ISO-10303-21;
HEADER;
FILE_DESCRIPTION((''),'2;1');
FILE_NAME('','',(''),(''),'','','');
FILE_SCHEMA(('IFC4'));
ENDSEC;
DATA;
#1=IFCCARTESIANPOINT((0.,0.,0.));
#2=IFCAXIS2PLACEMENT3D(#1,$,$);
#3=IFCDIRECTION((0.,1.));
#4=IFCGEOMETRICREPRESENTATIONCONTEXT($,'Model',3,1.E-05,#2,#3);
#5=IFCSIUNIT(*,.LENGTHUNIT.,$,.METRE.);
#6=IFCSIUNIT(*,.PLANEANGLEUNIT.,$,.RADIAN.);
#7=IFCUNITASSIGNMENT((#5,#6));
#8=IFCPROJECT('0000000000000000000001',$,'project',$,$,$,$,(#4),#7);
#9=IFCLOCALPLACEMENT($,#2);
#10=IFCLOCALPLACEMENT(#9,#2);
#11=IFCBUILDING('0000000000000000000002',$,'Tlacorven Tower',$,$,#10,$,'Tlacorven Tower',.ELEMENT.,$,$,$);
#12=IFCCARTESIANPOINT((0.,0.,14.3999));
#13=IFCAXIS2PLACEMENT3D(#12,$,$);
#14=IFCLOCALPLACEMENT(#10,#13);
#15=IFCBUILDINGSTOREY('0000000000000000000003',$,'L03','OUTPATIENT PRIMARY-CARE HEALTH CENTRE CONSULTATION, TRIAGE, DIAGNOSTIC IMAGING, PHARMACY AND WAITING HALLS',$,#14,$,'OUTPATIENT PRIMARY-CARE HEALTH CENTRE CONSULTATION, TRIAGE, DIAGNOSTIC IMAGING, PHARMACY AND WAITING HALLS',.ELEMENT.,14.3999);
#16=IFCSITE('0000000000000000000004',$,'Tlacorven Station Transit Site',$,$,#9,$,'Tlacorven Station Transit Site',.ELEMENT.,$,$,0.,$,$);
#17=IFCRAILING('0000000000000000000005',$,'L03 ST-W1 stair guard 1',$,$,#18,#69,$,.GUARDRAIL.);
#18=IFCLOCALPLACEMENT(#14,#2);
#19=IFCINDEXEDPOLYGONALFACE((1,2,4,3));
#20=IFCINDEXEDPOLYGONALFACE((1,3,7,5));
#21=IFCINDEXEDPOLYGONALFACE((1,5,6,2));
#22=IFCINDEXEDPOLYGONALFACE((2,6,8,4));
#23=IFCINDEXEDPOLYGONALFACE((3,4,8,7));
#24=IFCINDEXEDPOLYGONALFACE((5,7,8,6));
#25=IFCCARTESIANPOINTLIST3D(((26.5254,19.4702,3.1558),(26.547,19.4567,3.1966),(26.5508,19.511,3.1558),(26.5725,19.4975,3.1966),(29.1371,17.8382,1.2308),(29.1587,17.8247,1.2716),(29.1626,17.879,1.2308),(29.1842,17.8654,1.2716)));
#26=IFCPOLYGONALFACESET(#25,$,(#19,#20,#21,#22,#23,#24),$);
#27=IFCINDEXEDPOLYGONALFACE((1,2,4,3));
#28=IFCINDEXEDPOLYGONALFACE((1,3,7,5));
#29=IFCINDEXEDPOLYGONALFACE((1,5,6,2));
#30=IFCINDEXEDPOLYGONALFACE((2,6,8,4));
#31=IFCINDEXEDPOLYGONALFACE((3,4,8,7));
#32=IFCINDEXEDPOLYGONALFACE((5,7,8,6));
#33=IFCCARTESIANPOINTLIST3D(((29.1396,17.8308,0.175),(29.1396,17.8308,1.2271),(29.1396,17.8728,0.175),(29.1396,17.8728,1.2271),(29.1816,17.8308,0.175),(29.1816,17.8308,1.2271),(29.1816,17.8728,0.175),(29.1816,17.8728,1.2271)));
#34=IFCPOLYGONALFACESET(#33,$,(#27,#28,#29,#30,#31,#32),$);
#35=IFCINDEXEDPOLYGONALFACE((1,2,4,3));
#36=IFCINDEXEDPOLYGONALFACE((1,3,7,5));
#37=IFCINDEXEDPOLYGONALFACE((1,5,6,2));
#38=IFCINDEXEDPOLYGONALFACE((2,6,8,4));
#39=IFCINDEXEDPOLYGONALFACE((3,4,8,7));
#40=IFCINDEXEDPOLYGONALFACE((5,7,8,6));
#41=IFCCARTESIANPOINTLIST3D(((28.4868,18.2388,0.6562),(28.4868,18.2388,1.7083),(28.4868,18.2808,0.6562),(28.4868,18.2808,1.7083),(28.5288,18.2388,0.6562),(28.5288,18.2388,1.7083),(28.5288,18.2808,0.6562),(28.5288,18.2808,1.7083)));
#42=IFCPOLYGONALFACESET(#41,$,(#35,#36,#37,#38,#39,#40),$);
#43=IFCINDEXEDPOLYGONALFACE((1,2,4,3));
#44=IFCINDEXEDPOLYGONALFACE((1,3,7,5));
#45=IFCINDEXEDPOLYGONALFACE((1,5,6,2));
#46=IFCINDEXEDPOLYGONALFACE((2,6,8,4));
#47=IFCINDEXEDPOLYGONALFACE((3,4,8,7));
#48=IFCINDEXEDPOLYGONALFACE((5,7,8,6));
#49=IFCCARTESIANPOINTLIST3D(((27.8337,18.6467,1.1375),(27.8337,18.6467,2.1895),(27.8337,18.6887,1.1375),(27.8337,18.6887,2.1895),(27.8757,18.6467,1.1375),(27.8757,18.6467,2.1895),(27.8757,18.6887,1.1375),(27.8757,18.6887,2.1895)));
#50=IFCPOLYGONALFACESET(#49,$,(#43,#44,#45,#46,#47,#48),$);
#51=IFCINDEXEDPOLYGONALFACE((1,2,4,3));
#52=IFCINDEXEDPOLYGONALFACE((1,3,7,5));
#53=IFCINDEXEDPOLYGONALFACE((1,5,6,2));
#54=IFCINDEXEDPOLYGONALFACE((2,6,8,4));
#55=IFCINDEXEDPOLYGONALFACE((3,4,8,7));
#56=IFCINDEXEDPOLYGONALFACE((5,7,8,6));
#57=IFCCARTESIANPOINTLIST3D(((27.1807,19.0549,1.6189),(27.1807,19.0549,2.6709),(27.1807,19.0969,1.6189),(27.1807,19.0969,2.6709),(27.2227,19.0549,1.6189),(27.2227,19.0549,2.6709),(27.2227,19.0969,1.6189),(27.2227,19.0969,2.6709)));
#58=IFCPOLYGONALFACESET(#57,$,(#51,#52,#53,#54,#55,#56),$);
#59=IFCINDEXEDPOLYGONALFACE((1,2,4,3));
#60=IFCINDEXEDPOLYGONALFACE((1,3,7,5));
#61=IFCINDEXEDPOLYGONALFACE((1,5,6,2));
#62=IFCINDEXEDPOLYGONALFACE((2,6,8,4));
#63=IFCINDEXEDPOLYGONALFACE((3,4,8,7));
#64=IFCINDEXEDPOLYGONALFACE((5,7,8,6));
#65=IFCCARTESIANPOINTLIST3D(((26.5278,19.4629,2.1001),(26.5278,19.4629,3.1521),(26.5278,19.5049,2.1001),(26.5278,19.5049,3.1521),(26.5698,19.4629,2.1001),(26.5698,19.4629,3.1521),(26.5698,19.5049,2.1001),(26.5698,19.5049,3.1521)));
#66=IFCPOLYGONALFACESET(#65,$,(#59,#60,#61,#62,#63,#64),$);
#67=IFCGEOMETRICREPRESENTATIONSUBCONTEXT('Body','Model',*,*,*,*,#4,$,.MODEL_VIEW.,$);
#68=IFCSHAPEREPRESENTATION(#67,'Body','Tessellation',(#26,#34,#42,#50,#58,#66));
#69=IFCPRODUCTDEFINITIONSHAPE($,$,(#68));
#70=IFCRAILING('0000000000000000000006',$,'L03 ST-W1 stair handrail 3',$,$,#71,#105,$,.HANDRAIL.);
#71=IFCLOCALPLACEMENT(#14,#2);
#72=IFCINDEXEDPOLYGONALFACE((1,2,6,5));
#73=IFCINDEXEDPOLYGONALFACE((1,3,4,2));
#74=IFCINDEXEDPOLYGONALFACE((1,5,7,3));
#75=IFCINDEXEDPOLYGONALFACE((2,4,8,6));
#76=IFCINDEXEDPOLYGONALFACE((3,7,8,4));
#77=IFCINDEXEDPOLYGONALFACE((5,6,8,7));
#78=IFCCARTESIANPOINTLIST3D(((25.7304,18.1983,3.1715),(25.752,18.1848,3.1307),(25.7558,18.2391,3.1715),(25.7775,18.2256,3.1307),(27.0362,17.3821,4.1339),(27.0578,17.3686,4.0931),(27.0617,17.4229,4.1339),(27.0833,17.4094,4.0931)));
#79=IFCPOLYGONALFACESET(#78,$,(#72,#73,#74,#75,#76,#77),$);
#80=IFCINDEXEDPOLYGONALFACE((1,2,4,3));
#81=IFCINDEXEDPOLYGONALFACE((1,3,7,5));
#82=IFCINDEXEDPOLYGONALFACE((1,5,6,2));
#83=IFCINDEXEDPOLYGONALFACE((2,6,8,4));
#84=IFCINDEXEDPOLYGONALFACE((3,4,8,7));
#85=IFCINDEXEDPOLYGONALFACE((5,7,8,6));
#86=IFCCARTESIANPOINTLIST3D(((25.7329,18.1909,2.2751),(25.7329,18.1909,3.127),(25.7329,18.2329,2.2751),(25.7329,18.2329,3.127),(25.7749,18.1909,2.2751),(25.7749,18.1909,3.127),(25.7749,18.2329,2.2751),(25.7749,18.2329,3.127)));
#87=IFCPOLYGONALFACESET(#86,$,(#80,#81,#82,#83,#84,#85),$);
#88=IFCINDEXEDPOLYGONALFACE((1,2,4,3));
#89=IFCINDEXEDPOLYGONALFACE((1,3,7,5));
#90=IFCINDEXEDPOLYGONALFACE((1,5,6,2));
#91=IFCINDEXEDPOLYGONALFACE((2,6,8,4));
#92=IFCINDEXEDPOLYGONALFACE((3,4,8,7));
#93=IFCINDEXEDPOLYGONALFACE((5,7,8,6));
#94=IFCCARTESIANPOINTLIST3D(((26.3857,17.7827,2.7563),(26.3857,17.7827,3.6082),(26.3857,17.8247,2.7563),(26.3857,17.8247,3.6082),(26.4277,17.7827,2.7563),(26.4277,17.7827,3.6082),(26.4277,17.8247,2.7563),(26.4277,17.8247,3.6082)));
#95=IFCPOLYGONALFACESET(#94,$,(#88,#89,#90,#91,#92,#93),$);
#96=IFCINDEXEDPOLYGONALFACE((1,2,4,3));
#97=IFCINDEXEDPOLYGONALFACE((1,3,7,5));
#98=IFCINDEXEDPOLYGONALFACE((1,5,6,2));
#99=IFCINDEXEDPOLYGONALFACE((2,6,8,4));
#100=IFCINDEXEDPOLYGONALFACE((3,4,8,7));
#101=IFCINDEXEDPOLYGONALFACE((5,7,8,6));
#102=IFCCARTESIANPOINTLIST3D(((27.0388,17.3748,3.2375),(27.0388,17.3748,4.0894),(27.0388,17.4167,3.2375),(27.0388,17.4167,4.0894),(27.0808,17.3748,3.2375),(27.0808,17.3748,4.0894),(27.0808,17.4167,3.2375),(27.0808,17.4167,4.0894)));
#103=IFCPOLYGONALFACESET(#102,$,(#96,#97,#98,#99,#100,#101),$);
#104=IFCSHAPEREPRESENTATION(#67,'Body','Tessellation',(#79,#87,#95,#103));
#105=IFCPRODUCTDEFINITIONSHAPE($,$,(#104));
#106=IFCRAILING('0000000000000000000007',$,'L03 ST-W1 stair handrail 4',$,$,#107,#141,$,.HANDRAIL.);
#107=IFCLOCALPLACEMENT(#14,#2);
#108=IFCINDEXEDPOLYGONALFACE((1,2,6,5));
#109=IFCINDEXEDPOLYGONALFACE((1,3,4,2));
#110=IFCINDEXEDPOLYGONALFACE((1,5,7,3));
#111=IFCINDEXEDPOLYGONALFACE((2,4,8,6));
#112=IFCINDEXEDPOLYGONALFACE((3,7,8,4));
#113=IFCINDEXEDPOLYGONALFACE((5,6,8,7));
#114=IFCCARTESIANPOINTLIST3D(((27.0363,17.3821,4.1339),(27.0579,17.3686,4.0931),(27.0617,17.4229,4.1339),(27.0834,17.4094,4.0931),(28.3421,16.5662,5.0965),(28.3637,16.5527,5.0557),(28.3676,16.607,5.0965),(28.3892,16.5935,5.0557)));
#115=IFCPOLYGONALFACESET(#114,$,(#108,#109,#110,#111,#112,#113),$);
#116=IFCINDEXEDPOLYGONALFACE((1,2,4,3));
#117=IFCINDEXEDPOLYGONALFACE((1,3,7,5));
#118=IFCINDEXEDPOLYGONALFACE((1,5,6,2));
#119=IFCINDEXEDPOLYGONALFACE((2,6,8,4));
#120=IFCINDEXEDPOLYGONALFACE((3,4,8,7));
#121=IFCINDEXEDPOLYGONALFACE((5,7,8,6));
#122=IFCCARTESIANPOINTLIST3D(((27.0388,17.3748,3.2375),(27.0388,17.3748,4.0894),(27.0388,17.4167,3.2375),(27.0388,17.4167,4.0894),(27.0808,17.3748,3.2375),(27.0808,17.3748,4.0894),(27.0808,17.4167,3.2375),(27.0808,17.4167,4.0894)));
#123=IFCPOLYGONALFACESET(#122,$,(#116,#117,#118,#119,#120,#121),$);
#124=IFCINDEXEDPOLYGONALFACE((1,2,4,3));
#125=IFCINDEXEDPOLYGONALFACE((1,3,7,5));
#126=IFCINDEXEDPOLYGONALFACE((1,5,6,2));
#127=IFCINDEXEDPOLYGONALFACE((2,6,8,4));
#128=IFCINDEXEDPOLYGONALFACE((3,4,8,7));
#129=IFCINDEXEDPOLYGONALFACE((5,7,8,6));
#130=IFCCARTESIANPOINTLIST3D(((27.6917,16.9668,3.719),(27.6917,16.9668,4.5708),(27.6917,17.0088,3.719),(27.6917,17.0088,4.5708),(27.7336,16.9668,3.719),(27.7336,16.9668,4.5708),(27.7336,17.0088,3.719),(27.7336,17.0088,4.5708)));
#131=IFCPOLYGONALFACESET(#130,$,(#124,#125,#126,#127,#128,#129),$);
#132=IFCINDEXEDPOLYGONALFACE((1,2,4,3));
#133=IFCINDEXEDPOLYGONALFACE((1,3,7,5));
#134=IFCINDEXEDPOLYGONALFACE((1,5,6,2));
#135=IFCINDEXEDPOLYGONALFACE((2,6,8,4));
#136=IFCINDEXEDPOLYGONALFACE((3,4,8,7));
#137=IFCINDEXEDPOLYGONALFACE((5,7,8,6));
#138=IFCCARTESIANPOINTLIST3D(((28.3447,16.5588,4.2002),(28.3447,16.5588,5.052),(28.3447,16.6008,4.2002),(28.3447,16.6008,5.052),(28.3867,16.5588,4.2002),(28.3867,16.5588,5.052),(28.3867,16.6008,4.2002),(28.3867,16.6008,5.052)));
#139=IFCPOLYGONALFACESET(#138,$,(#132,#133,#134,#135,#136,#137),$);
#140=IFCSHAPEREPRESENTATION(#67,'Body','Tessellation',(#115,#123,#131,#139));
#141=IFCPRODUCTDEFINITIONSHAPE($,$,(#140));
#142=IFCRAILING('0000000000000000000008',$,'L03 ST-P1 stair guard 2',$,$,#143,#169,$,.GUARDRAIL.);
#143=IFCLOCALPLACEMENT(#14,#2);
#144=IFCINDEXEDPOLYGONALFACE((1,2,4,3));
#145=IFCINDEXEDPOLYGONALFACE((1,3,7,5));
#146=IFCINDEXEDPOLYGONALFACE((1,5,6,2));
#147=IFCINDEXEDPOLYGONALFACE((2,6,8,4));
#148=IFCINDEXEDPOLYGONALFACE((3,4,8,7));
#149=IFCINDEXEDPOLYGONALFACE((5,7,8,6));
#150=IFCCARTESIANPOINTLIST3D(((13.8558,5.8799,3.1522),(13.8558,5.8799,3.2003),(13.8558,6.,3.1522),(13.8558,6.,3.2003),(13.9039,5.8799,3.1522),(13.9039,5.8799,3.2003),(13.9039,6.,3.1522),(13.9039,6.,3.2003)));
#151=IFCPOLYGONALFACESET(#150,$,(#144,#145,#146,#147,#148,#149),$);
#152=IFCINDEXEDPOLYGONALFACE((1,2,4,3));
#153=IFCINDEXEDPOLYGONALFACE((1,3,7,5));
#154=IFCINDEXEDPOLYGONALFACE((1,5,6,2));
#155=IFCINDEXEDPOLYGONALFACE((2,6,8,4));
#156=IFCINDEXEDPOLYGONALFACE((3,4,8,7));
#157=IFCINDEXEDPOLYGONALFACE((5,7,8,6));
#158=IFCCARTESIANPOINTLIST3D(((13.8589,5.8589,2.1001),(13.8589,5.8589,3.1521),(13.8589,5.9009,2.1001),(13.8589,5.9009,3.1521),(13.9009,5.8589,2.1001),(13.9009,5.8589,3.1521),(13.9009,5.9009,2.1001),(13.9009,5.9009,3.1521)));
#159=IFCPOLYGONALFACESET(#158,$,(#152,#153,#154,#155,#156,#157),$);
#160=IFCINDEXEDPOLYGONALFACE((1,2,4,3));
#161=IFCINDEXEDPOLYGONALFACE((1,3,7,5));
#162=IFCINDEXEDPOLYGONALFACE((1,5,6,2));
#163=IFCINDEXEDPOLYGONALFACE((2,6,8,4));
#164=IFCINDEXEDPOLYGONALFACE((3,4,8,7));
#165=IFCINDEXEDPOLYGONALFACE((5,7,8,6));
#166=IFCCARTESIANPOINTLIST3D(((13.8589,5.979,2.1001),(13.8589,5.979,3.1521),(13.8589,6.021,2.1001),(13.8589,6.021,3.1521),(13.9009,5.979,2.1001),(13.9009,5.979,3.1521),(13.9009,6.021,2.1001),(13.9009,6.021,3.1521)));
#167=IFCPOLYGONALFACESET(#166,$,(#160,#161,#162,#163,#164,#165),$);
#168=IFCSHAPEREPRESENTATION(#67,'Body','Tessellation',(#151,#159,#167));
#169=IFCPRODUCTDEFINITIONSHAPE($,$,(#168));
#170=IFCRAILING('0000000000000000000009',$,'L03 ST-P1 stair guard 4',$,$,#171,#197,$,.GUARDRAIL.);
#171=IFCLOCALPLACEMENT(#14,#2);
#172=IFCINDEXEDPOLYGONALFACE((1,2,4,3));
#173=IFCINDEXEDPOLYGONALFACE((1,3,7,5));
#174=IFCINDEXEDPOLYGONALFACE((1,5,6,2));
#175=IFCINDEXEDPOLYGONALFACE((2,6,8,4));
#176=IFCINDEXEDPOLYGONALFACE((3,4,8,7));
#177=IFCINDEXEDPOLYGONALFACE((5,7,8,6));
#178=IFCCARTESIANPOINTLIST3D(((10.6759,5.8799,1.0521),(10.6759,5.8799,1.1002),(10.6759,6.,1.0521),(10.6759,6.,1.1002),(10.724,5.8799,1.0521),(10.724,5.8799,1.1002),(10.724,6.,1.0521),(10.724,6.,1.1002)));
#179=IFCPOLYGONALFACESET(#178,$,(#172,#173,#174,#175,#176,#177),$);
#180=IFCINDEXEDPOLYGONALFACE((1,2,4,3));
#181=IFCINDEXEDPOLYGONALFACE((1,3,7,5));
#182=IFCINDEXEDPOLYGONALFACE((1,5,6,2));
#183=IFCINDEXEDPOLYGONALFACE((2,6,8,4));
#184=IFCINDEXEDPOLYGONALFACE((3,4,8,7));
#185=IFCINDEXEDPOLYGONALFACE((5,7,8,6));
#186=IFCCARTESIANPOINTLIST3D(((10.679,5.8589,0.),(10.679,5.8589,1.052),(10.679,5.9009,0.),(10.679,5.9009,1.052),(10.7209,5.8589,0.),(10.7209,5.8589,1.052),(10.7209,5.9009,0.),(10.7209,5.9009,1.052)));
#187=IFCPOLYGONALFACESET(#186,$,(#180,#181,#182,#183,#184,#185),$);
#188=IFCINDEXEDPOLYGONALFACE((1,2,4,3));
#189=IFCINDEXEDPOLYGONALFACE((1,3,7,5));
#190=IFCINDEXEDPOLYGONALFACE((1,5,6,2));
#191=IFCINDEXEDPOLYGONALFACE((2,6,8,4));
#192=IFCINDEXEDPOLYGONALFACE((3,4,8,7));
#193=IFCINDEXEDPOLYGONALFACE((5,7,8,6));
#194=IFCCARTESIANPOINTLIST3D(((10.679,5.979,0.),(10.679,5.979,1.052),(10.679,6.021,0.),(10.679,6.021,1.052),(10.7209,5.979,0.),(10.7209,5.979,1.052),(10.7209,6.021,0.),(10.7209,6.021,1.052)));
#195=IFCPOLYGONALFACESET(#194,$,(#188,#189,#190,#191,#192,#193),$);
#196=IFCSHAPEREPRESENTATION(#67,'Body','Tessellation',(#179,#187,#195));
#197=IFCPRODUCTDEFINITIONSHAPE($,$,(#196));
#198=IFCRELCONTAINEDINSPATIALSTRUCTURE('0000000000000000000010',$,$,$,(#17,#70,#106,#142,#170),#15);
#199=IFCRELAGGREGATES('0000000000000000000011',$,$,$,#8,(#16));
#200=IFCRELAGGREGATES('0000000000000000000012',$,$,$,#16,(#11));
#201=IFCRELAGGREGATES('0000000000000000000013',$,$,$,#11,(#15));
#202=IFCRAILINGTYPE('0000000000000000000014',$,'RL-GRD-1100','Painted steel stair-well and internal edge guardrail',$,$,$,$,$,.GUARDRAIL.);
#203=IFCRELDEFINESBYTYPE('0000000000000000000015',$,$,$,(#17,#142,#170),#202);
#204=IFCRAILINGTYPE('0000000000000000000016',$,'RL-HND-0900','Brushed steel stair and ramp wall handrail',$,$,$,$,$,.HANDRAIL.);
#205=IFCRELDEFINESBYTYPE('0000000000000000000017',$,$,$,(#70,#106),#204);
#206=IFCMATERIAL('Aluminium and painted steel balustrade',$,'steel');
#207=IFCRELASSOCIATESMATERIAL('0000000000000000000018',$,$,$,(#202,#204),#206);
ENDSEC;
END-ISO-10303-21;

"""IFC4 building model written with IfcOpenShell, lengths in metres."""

from ifc_helpers import new_model, si_unit, direction, frame, origin, origin_2d, place, context, subcontext, project, spatial, rectangle, extrude, source, transform, mapped, material, type_object, element, save


model = new_model("IFC4")

# Units and contexts
model_context = context("Model", 3, precision=1e-05, world=origin(), true_north=direction((0.0, 1.0)))
body_context = subcontext(model_context, "Body", "Model", "MODEL_VIEW")
ifc_project = project(units=[si_unit("LENGTHUNIT", "METRE"), si_unit("PLANEANGLEUNIT", "RADIAN")], contexts=[model_context])

# Site, building, storey
site_placement = place(None, origin())
site = spatial("IfcSite", under=ifc_project, at=site_placement, Name="Tlacorven Station Transit Site", LongName="Tlacorven Station Transit Site", CompositionType="ELEMENT", RefElevation=0.0)
building_placement = place(site_placement, origin())
building = spatial("IfcBuilding", under=site, at=building_placement, Name="Tlacorven Tower", LongName="Tlacorven Tower", CompositionType="ELEMENT")
storey_placement = place(building_placement, frame((0.0, 0.0, 14.3999)))
storey = spatial("IfcBuildingStorey", under=building, at=storey_placement, Name="L03", Description="OUTPATIENT PRIMARY-CARE HEALTH CENTRE CONSULTATION, TRIAGE, DIAGNOSTIC IMAGING, PHARMACY AND WAITING HALLS", LongName="OUTPATIENT PRIMARY-CARE HEALTH CENTRE CONSULTATION, TRIAGE, DIAGNOSTIC IMAGING, PHARMACY AND WAITING HALLS", CompositionType="ELEMENT", Elevation=14.3999)

# Railings
ifc_material_1 = material(Name="Aluminium and painted steel balustrade", Category="steel")
railing_type_1 = type_object("IfcRailingType", Name="RL-GRD-1100", Description="Painted steel stair-well and internal edge guardrail", PredefinedType="GUARDRAIL", material=ifc_material_1)
shared_shape_1 = source(origin(), body_context, "Body", "SweptSolid", [
    extrude(rectangle(XDim=0.0481, YDim=0.0481, at=origin_2d()), frame((0.0, 0.0, 1.0762), z_axis=(-0.719122, 0.449367, 0.530031), x_axis=(-0.529928, -0.848043, 0.0)), (0.0, 0.0, 1.0), 3.6318),
    extrude(rectangle(XDim=0.042, YDim=0.042, at=origin_2d()), origin(), (0.0, 0.0, 1.0), 1.052),
    extrude(rectangle(XDim=0.042, YDim=0.042, at=origin_2d()), frame((-0.6528, 0.408, 0.4812)), (0.0, 0.0, 1.0), 1.052),
    extrude(rectangle(XDim=0.042, YDim=0.042, at=origin_2d()), frame((-1.3059, 0.8159, 0.9624)), (0.0, 0.0, 1.0), 1.052),
    extrude(rectangle(XDim=0.042, YDim=0.042, at=origin_2d()), frame((-1.959, 1.2241, 1.4438)), (0.0, 0.0, 1.0), 1.052),
    extrude(rectangle(XDim=0.042, YDim=0.042, at=origin_2d()), frame((-2.6118, 1.6321, 1.925)), (0.0, 0.0, 1.0), 1.052),
])
railing_1_placement = place(storey_placement, frame((29.1606, 17.8518, 0.175)))
element("IfcRailing", 1, at=railing_1_placement, inside=storey, type_object=railing_type_1, Name="L03 ST-W1 stair guard 1", PredefinedType="GUARDRAIL", context=body_context, shape_type="MappedRepresentation", body=[
    mapped(shared_shape_1, transform((0.0, 0.0, 0.0), scale=1.0)),
])
railing_type_2 = type_object("IfcRailingType", Name="RL-HND-0900", Description="Brushed steel stair and ramp wall handrail", PredefinedType="HANDRAIL", material=ifc_material_1)
shared_shape_2 = source(origin(), body_context, "Body", "SweptSolid", [
    extrude(rectangle(XDim=0.0481, YDim=0.0481, at=origin_2d()), frame((0.0, 0.0, 0.876), z_axis=(0.719126, -0.449437, 0.529967), x_axis=(0.529985, 0.848007, 0.0)), (0.0, 0.0, 1.0), 1.8159),
    extrude(rectangle(XDim=0.042, YDim=0.042, at=origin_2d()), origin(), (0.0, 0.0, 1.0), 0.8518),
    extrude(rectangle(XDim=0.042, YDim=0.042, at=origin_2d()), frame((0.6528, -0.4082, 0.4812)), (0.0, 0.0, 1.0), 0.8518),
    extrude(rectangle(XDim=0.042, YDim=0.042, at=origin_2d()), frame((1.3059, -0.8162, 0.9624)), (0.0, 0.0, 1.0), 0.8518),
])
railing_2_placement = place(storey_placement, frame((25.7539, 18.2119, 2.2751)))
element("IfcRailing", 2, at=railing_2_placement, inside=storey, type_object=railing_type_2, Name="L03 ST-W1 stair handrail 3", PredefinedType="HANDRAIL", context=body_context, shape_type="MappedRepresentation", body=[
    mapped(shared_shape_2, transform((0.0, 0.0, 0.0), scale=1.0)),
])
shared_shape_3 = source(origin(), body_context, "Body", "SweptSolid", [
    extrude(rectangle(XDim=0.0481, YDim=0.0481, at=origin_2d()), frame((0.0, 0.0, 0.876), z_axis=(0.719118, -0.449297, 0.530096), x_axis=(0.529871, 0.848078, 0.0)), (0.0, 0.0, 1.0), 1.8159),
    extrude(rectangle(XDim=0.042, YDim=0.042, at=origin_2d()), origin(), (0.0, 0.0, 1.0), 0.8518),
    extrude(rectangle(XDim=0.042, YDim=0.042, at=origin_2d()), frame((0.6528, -0.408, 0.4814)), (0.0, 0.0, 1.0), 0.8518),
    extrude(rectangle(XDim=0.042, YDim=0.042, at=origin_2d()), frame((1.3059, -0.8159, 0.9626)), (0.0, 0.0, 1.0), 0.8518),
])
railing_3_placement = place(storey_placement, frame((27.0598, 17.3958, 3.2375)))
element("IfcRailing", 3, at=railing_3_placement, inside=storey, type_object=railing_type_2, Name="L03 ST-W1 stair handrail 4", PredefinedType="HANDRAIL", context=body_context, shape_type="MappedRepresentation", body=[
    mapped(shared_shape_3, transform((0.0, 0.0, 0.0), scale=1.0)),
])
shared_shape_4 = source(origin(), body_context, "Body", "SweptSolid", [
    extrude(rectangle(XDim=0.0481, YDim=0.0481, at=origin_2d()), frame((0.0, 0.0, 1.0762), z_axis=(0.0, 1.0, 0.0), x_axis=(-1.0, 0.0, 0.0)), (0.0, 0.0, 1.0), 0.1201),
    extrude(rectangle(XDim=0.042, YDim=0.042, at=origin_2d()), origin(), (0.0, 0.0, 1.0), 1.052),
    extrude(rectangle(XDim=0.042, YDim=0.042, at=origin_2d()), frame((0.0, 0.1201, 0.0)), (0.0, 0.0, 1.0), 1.052),
])
for number, where, name in (
    (4, (13.8799, 5.8799, 2.1001), "L03 ST-P1 stair guard 2"),
    (5, (10.7, 5.8799, 0.0), "L03 ST-P1 stair guard 4"),
):
    element("IfcRailing", number, at=place(storey_placement, frame(where)), inside=storey, type_object=railing_type_1, Name=name, PredefinedType="GUARDRAIL", context=body_context, shape_type="MappedRepresentation", body=[
        mapped(shared_shape_4, transform((0.0, 0.0, 0.0), scale=1.0)),
    ])

save(model, "model.ifc")
